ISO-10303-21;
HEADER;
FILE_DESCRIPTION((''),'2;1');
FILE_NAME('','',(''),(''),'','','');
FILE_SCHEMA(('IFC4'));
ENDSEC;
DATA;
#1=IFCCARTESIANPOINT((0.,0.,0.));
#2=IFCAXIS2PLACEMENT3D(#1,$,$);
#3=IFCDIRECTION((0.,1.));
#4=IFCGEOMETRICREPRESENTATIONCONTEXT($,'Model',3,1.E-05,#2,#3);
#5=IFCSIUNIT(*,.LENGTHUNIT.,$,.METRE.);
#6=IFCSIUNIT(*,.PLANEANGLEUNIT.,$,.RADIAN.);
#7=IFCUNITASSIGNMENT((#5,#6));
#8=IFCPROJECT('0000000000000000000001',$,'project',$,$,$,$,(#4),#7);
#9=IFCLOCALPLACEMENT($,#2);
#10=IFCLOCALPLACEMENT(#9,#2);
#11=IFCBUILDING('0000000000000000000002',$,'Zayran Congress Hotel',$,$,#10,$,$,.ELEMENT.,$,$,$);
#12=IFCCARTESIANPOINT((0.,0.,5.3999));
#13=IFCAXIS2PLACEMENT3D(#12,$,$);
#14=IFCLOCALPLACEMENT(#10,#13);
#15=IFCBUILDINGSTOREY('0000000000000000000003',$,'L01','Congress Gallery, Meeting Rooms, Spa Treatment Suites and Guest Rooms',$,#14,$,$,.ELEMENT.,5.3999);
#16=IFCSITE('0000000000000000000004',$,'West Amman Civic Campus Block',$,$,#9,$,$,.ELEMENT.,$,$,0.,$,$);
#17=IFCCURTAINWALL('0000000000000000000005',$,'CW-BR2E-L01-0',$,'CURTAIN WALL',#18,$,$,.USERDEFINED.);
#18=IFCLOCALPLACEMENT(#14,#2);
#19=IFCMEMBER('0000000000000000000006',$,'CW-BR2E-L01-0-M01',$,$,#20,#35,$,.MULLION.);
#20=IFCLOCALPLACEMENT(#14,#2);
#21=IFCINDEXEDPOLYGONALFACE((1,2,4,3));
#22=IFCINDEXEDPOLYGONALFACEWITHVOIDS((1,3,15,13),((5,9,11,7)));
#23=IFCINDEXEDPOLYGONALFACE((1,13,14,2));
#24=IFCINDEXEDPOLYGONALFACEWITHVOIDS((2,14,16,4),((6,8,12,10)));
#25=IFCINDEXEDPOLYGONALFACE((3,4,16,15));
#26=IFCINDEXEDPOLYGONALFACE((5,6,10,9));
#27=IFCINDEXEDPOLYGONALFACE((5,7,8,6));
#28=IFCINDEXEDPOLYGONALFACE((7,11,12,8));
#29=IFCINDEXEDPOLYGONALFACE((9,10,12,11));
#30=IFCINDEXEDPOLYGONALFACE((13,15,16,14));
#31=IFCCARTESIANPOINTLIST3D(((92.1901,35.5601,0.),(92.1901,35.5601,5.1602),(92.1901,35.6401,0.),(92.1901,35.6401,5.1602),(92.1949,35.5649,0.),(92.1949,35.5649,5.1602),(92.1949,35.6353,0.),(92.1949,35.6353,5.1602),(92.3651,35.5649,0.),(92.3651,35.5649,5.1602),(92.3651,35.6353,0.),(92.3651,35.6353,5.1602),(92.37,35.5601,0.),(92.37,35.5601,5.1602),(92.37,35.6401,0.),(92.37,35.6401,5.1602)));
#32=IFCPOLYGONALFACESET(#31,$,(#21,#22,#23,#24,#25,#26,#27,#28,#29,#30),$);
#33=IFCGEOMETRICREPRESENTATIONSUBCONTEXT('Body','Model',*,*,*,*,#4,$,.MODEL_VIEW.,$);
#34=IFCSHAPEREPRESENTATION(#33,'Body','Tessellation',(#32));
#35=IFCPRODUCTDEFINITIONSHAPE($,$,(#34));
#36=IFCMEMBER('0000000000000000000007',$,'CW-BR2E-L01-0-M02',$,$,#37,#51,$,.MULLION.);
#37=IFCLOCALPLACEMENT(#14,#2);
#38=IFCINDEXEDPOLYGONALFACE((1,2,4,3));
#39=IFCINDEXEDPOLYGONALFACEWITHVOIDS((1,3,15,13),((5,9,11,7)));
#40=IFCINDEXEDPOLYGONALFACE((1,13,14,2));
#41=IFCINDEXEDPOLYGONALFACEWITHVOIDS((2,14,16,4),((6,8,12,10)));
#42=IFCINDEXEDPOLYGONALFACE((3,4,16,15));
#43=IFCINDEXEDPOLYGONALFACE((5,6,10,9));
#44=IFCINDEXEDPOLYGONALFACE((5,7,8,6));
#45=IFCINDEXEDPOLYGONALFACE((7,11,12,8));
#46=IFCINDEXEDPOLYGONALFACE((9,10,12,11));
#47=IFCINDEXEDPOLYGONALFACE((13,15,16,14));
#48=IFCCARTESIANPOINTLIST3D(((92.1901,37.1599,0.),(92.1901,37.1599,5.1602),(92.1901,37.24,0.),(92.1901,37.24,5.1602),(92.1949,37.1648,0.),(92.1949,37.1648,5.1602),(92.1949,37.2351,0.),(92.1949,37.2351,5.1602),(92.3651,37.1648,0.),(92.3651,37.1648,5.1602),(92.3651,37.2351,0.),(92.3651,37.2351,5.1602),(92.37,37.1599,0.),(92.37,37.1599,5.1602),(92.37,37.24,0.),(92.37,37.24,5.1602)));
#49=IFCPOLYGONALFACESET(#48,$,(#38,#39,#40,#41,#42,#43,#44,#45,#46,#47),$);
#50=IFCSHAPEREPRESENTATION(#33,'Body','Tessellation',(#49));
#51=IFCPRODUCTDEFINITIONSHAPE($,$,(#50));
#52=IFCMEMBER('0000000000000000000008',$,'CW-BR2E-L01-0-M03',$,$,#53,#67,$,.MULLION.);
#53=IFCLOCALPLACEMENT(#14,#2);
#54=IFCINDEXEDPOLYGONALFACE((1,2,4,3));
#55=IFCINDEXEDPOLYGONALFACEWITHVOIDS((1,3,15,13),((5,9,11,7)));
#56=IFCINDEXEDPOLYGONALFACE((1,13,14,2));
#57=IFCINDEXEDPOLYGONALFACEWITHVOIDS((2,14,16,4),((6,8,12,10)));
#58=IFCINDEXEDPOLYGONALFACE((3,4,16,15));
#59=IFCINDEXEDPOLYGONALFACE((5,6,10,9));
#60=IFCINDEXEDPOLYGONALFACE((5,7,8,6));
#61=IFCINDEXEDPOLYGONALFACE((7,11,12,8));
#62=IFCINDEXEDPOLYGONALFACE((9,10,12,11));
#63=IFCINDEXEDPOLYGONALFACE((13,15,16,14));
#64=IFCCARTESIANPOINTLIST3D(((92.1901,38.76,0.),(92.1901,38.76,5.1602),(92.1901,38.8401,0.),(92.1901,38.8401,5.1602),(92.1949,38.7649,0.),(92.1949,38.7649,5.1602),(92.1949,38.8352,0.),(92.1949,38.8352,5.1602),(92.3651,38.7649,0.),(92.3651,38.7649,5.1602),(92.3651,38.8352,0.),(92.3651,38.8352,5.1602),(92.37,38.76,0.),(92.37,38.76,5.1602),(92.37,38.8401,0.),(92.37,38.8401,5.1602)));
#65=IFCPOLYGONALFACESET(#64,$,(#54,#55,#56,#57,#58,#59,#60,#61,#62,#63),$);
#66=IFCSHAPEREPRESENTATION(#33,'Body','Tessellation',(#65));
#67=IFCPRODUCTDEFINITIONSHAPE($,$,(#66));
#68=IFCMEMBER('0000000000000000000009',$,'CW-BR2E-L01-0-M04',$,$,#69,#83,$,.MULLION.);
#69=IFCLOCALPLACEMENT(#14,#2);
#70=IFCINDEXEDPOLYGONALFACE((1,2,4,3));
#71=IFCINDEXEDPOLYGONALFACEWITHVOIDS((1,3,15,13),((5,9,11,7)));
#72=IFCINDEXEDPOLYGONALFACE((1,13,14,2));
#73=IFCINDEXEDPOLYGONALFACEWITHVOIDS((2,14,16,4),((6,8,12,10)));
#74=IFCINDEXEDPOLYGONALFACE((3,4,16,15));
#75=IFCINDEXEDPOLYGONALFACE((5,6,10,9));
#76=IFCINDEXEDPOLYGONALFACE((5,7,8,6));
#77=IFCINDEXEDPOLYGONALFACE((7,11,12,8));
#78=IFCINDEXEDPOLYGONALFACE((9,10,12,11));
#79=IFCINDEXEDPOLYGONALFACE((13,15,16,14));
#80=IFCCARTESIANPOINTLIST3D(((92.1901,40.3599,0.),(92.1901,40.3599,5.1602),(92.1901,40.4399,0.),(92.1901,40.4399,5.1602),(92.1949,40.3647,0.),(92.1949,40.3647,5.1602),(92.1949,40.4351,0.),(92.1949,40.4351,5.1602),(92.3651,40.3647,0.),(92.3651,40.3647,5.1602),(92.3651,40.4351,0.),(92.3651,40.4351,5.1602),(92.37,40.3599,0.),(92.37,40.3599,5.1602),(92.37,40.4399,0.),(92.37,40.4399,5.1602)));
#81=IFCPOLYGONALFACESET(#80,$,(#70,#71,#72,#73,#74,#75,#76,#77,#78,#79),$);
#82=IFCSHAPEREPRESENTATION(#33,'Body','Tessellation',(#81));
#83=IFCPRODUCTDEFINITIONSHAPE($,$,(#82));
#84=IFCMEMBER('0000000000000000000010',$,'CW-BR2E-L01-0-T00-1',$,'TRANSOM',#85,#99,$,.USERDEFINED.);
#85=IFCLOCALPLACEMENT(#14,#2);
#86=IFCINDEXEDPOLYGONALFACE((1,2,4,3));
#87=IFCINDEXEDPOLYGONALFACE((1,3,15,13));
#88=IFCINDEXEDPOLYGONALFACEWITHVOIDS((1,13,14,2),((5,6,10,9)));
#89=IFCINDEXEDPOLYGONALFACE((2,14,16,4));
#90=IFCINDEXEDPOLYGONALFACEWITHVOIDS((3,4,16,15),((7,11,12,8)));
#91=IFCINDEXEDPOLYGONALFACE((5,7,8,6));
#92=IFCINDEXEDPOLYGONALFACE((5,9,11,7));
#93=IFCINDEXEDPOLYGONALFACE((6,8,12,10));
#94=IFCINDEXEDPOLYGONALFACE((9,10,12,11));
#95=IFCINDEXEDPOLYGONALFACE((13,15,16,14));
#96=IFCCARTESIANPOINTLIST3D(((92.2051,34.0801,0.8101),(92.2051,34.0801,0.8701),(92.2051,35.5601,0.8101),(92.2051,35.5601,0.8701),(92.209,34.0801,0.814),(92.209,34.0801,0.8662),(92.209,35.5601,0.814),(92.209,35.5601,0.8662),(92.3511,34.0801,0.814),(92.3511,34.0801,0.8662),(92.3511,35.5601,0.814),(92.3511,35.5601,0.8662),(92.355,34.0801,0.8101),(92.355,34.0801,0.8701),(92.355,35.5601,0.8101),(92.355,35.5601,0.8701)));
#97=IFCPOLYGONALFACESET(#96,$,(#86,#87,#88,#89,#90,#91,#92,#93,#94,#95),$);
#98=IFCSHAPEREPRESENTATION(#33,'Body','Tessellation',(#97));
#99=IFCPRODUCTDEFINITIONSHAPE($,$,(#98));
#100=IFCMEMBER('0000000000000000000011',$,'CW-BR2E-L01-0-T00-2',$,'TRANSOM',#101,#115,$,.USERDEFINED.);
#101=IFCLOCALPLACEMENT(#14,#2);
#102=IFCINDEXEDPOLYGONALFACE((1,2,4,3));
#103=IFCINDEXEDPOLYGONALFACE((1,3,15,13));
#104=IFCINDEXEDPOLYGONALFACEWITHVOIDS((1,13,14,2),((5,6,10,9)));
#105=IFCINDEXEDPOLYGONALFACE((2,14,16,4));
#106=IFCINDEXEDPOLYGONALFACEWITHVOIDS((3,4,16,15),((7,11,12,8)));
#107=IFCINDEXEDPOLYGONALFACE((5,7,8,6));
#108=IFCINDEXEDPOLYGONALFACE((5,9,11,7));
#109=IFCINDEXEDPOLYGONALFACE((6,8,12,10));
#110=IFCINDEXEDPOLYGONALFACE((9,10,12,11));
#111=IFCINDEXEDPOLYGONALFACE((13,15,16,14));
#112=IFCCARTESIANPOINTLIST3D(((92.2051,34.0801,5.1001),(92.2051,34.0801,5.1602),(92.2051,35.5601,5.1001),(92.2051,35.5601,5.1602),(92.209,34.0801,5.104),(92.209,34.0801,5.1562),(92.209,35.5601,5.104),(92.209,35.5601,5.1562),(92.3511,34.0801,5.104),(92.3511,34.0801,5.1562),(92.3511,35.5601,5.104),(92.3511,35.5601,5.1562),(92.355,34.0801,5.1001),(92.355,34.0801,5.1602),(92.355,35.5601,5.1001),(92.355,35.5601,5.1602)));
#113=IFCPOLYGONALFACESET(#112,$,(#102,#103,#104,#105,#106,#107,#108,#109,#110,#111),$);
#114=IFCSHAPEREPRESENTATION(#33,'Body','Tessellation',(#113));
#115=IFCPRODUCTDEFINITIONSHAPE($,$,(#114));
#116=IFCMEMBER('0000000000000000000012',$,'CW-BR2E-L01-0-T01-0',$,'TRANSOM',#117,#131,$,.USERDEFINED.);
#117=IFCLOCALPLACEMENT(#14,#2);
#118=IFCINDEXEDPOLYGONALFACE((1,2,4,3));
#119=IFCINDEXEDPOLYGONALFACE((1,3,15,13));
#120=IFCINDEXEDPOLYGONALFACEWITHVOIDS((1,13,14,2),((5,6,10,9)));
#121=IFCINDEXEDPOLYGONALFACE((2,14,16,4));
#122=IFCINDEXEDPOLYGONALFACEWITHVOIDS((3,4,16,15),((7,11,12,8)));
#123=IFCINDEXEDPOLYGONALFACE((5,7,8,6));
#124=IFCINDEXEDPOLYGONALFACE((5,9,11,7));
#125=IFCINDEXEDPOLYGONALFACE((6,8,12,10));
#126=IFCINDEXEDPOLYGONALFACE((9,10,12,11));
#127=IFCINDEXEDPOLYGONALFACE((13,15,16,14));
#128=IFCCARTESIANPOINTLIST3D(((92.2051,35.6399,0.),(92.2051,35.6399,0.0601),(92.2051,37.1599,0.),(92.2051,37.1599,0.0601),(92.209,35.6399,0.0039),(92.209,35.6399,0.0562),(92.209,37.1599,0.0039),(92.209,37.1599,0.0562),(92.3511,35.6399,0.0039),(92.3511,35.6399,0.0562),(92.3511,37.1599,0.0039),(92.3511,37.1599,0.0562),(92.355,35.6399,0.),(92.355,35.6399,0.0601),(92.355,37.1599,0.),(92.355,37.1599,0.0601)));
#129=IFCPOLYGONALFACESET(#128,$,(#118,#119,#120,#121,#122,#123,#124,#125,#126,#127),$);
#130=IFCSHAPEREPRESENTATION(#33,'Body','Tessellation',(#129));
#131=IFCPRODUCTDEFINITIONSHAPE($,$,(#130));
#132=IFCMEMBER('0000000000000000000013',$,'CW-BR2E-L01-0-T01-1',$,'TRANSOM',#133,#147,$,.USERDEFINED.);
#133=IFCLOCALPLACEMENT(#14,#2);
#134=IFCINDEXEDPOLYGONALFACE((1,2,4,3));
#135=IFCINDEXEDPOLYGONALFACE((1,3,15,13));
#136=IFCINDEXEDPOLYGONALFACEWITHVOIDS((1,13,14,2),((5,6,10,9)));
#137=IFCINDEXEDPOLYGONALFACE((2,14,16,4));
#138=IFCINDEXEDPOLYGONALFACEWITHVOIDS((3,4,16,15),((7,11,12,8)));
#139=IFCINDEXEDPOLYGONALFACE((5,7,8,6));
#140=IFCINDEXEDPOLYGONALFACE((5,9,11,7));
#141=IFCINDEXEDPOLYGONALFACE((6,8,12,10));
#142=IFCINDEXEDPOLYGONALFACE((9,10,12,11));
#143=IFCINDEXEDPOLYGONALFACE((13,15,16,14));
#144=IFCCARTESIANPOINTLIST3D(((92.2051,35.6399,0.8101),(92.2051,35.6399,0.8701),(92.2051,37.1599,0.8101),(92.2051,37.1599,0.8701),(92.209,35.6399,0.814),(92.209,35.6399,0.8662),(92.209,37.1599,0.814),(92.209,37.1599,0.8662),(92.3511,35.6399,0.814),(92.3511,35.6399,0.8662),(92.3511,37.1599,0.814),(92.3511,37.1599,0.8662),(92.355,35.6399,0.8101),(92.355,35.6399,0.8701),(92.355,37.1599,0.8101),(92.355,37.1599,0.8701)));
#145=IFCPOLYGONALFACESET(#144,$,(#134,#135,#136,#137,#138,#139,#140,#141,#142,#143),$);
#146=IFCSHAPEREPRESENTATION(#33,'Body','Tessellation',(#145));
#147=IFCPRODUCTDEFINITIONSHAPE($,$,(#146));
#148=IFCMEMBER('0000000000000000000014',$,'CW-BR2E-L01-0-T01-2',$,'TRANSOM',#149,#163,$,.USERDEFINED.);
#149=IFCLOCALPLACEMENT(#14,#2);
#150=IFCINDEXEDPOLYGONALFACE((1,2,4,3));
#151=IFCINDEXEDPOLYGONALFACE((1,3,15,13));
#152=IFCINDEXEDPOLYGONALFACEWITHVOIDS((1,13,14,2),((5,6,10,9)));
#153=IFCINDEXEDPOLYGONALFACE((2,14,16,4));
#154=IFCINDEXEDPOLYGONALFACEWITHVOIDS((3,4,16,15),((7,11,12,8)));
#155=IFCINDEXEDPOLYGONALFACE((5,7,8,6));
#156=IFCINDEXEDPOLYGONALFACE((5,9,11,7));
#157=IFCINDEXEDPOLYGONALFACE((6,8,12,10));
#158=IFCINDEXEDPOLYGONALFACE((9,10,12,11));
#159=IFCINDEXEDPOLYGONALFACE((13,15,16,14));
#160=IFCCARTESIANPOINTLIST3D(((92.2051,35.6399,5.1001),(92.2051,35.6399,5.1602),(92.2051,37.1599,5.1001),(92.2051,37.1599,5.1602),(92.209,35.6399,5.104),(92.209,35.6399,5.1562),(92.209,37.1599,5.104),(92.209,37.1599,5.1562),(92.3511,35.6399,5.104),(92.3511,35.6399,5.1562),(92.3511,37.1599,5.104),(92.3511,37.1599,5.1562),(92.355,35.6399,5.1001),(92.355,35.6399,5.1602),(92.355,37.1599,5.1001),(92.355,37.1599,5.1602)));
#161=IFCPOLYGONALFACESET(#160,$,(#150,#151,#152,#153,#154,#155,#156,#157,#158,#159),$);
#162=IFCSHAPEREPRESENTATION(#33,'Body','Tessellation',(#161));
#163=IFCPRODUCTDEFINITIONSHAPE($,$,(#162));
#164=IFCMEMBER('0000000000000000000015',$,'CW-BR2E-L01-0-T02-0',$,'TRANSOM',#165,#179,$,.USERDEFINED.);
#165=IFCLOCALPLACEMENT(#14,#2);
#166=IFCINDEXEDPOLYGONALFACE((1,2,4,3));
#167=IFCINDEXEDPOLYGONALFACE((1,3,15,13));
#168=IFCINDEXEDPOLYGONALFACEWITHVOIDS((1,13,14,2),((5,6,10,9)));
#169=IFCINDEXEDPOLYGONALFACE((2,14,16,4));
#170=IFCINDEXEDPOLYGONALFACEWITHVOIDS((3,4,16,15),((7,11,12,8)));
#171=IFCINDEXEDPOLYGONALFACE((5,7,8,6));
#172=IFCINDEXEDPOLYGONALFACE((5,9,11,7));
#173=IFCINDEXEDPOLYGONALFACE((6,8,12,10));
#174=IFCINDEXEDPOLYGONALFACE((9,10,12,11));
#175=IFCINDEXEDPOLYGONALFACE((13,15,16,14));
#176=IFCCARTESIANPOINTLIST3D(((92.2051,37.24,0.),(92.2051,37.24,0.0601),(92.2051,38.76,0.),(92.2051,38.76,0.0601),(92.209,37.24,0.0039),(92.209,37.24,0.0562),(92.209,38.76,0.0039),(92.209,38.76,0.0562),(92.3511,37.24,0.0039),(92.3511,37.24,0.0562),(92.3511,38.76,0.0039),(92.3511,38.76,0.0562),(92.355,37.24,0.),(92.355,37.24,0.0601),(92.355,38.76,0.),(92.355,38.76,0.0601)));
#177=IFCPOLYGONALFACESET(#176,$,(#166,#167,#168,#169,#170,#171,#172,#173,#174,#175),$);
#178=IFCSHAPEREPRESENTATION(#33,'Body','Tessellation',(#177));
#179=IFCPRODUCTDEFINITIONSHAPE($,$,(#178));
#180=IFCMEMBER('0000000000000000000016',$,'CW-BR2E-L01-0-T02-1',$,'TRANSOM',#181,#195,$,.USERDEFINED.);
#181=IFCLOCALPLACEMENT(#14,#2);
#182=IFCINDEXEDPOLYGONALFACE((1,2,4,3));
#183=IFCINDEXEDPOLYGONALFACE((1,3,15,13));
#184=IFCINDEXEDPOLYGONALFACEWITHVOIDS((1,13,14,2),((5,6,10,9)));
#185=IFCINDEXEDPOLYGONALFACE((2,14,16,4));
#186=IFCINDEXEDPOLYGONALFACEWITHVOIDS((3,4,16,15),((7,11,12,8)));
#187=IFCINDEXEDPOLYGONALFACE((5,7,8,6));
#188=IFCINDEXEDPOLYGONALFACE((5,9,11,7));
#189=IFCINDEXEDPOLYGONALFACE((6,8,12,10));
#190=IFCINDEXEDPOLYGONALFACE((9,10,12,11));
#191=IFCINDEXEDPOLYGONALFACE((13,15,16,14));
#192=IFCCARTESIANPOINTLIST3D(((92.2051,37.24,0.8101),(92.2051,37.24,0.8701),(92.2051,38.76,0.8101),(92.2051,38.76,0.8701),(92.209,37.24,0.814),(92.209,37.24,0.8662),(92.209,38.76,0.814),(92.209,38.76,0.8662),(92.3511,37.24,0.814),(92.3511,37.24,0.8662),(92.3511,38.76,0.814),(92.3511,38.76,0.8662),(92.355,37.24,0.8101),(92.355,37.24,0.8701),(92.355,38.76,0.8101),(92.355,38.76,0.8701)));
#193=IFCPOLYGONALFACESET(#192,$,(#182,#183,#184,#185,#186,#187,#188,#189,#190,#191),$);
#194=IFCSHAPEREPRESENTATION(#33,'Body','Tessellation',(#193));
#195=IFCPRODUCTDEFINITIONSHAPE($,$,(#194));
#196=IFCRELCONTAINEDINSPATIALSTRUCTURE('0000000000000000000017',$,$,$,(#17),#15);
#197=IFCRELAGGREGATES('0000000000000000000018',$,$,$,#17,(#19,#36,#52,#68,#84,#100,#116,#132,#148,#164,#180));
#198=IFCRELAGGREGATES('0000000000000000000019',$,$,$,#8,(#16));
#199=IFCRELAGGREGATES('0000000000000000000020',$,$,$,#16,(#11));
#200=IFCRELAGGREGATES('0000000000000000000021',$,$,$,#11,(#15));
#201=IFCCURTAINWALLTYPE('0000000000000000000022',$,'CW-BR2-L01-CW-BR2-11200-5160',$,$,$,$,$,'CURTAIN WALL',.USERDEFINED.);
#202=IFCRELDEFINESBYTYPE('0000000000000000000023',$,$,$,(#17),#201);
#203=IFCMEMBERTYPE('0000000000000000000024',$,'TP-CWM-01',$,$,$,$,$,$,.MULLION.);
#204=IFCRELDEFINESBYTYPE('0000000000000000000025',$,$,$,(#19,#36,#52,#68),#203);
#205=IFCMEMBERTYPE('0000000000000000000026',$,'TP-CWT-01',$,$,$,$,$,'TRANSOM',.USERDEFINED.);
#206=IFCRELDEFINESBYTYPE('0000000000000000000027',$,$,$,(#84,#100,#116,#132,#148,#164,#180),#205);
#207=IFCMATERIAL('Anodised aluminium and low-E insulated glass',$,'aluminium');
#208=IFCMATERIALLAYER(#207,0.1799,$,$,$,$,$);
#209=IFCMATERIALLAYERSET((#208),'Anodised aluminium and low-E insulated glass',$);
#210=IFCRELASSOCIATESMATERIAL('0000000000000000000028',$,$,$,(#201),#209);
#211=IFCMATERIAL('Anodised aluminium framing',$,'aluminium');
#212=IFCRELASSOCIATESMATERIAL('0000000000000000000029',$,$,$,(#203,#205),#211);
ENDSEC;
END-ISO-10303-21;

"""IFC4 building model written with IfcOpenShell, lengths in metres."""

from ifc_helpers import new_model, si_unit, direction, frame, origin, origin_2d, place, context, subcontext, project, spatial, hollow_rectangle, extrude, material, layer, layer_set, material_profile, profile_set, type_object, element, aggregate, save


model = new_model("IFC4")

# Units and contexts
model_context = context("Model", 3, precision=1e-05, world=origin(), true_north=direction((0.0, 1.0)))
body_context = subcontext(model_context, "Body", "Model", "MODEL_VIEW")
ifc_project = project(units=[si_unit("LENGTHUNIT", "METRE"), si_unit("PLANEANGLEUNIT", "RADIAN")], contexts=[model_context])

# Site, building, storey
site_placement = place(None, origin())
site = spatial("IfcSite", under=ifc_project, at=site_placement, Name="West Amman Civic Campus Block", CompositionType="ELEMENT", RefElevation=0.0)
building_placement = place(site_placement, origin())
building = spatial("IfcBuilding", under=site, at=building_placement, Name="Zayran Congress Hotel", CompositionType="ELEMENT")
storey_placement = place(building_placement, frame((0.0, 0.0, 5.3999)))
storey = spatial("IfcBuildingStorey", under=building, at=storey_placement, Name="L01", Description="Congress Gallery, Meeting Rooms, Spa Treatment Suites and Guest Rooms", CompositionType="ELEMENT", Elevation=5.3999)

# Curtain wall, members
ifc_material_1 = material(Name="Anodised aluminium and low-E insulated glass", Category="aluminium")
ifc_layer_1 = layer(ifc_material_1, 0.1799)
ifc_layer_set_1 = layer_set([ifc_layer_1], Name="Anodised aluminium and low-E insulated glass")
curtain_wall_type = type_object("IfcCurtainWallType", Name="CW-BR2-L01-CW-BR2-11200-5160", ElementType="CURTAIN WALL", PredefinedType="USERDEFINED", material=ifc_layer_set_1)
curtain_wall_placement = place(storey_placement, origin())
curtain_wall = element("IfcCurtainWall", 1, at=curtain_wall_placement, inside=storey, type_object=curtain_wall_type, Name="CW-BR2E-L01-0", ObjectType="CURTAIN WALL", PredefinedType="USERDEFINED")
ifc_material_2 = material(Name="Anodised aluminium framing", Category="aluminium")
ifc_material_profile_1 = material_profile(ifc_material_2, hollow_rectangle(XDim=0.0801, YDim=0.1799, WallThickness=0.0049, at=origin_2d()), Name="RHS 180x80x5")
ifc_profile_set_1 = profile_set([ifc_material_profile_1], Name="Anodised aluminium framing")
member_type_1 = type_object("IfcMemberType", Name="TP-CWM-01", PredefinedType="MULLION", material=ifc_profile_set_1)
member_1_placement = place(storey_placement, frame((92.28, 35.6001, 0.0), z_axis=(0.0, 0.0, 1.0), x_axis=(0.0, 1.0, 0.0)))
member_1 = element("IfcMember", 2, at=member_1_placement, type_object=member_type_1, Name="CW-BR2E-L01-0-M01", PredefinedType="MULLION", context=body_context, shape_type="SweptSolid", body=[
    extrude(hollow_rectangle(XDim=0.0801, YDim=0.1799, WallThickness=0.0049, at=origin_2d()), origin(), (0.0, 0.0, 1.0), 5.1602),
])
member_2_placement = place(storey_placement, frame((92.28, 37.2, 0.0), z_axis=(0.0, 0.0, 1.0), x_axis=(0.0, 1.0, 0.0)))
member_2 = element("IfcMember", 3, at=member_2_placement, type_object=member_type_1, Name="CW-BR2E-L01-0-M02", PredefinedType="MULLION", context=body_context, shape_type="SweptSolid", body=[
    extrude(hollow_rectangle(XDim=0.0801, YDim=0.1799, WallThickness=0.0049, at=origin_2d()), origin(), (0.0, 0.0, 1.0), 5.1602),
])
member_3_placement = place(storey_placement, frame((92.28, 38.8, 0.0), z_axis=(0.0, 0.0, 1.0), x_axis=(0.0, 1.0, 0.0)))
member_3 = element("IfcMember", 4, at=member_3_placement, type_object=member_type_1, Name="CW-BR2E-L01-0-M03", PredefinedType="MULLION", context=body_context, shape_type="SweptSolid", body=[
    extrude(hollow_rectangle(XDim=0.0801, YDim=0.1799, WallThickness=0.0049, at=origin_2d()), origin(), (0.0, 0.0, 1.0), 5.1602),
])
member_4_placement = place(storey_placement, frame((92.28, 40.3999, 0.0), z_axis=(0.0, 0.0, 1.0), x_axis=(0.0, 1.0, 0.0)))
member_4 = element("IfcMember", 5, at=member_4_placement, type_object=member_type_1, Name="CW-BR2E-L01-0-M04", PredefinedType="MULLION", context=body_context, shape_type="SweptSolid", body=[
    extrude(hollow_rectangle(XDim=0.0801, YDim=0.1799, WallThickness=0.0049, at=origin_2d()), origin(), (0.0, 0.0, 1.0), 5.1602),
])
ifc_material_profile_2 = material_profile(ifc_material_2, hollow_rectangle(XDim=0.0601, YDim=0.1499, WallThickness=0.0039, at=origin_2d()), Name="RHS 150x60x4")
ifc_profile_set_2 = profile_set([ifc_material_profile_2], Name="Anodised aluminium framing")
member_type_2 = type_object("IfcMemberType", Name="TP-CWT-01", ElementType="TRANSOM", PredefinedType="USERDEFINED", material=ifc_profile_set_2)
member_5_placement = place(storey_placement, frame((92.28, 34.0801, 0.8401), z_axis=(0.0, 1.0, 0.0), x_axis=(0.0, 0.0, 1.0)))
member_5 = element("IfcMember", 6, at=member_5_placement, type_object=member_type_2, Name="CW-BR2E-L01-0-T00-1", ObjectType="TRANSOM", PredefinedType="USERDEFINED", context=body_context, shape_type="SweptSolid", body=[
    extrude(hollow_rectangle(XDim=0.0601, YDim=0.1499, WallThickness=0.0039, at=origin_2d()), origin(), (0.0, 0.0, 1.0), 1.48),
])
member_6_placement = place(storey_placement, frame((92.28, 34.0801, 5.1301), z_axis=(0.0, 1.0, 0.0), x_axis=(0.0, 0.0, 1.0)))
member_6 = element("IfcMember", 7, at=member_6_placement, type_object=member_type_2, Name="CW-BR2E-L01-0-T00-2", ObjectType="TRANSOM", PredefinedType="USERDEFINED", context=body_context, shape_type="SweptSolid", body=[
    extrude(hollow_rectangle(XDim=0.0601, YDim=0.1499, WallThickness=0.0039, at=origin_2d()), origin(), (0.0, 0.0, 1.0), 1.48),
])
member_7_placement = place(storey_placement, frame((92.28, 35.6399, 0.03), z_axis=(0.0, 1.0, 0.0), x_axis=(0.0, 0.0, 1.0)))
member_7 = element("IfcMember", 8, at=member_7_placement, type_object=member_type_2, Name="CW-BR2E-L01-0-T01-0", ObjectType="TRANSOM", PredefinedType="USERDEFINED", context=body_context, shape_type="SweptSolid", body=[
    extrude(hollow_rectangle(XDim=0.0601, YDim=0.1499, WallThickness=0.0039, at=origin_2d()), origin(), (0.0, 0.0, 1.0), 1.52),
])
member_8_placement = place(storey_placement, frame((92.28, 35.6399, 0.8401), z_axis=(0.0, 1.0, 0.0), x_axis=(0.0, 0.0, 1.0)))
member_8 = element("IfcMember", 9, at=member_8_placement, type_object=member_type_2, Name="CW-BR2E-L01-0-T01-1", ObjectType="TRANSOM", PredefinedType="USERDEFINED", context=body_context, shape_type="SweptSolid", body=[
    extrude(hollow_rectangle(XDim=0.0601, YDim=0.1499, WallThickness=0.0039, at=origin_2d()), origin(), (0.0, 0.0, 1.0), 1.52),
])
member_9_placement = place(storey_placement, frame((92.28, 35.6399, 5.1301), z_axis=(0.0, 1.0, 0.0), x_axis=(0.0, 0.0, 1.0)))
member_9 = element("IfcMember", 10, at=member_9_placement, type_object=member_type_2, Name="CW-BR2E-L01-0-T01-2", ObjectType="TRANSOM", PredefinedType="USERDEFINED", context=body_context, shape_type="SweptSolid", body=[
    extrude(hollow_rectangle(XDim=0.0601, YDim=0.1499, WallThickness=0.0039, at=origin_2d()), origin(), (0.0, 0.0, 1.0), 1.52),
])
member_10_placement = place(storey_placement, frame((92.28, 37.24, 0.03), z_axis=(0.0, 1.0, 0.0), x_axis=(0.0, 0.0, 1.0)))
member_10 = element("IfcMember", 11, at=member_10_placement, type_object=member_type_2, Name="CW-BR2E-L01-0-T02-0", ObjectType="TRANSOM", PredefinedType="USERDEFINED", context=body_context, shape_type="SweptSolid", body=[
    extrude(hollow_rectangle(XDim=0.0601, YDim=0.1499, WallThickness=0.0039, at=origin_2d()), origin(), (0.0, 0.0, 1.0), 1.52),
])
member_11_placement = place(storey_placement, frame((92.28, 37.24, 0.8401), z_axis=(0.0, 1.0, 0.0), x_axis=(0.0, 0.0, 1.0)))
member_11 = element("IfcMember", 12, at=member_11_placement, type_object=member_type_2, Name="CW-BR2E-L01-0-T02-1", ObjectType="TRANSOM", PredefinedType="USERDEFINED", context=body_context, shape_type="SweptSolid", body=[
    extrude(hollow_rectangle(XDim=0.0601, YDim=0.1499, WallThickness=0.0039, at=origin_2d()), origin(), (0.0, 0.0, 1.0), 1.52),
])
aggregate(curtain_wall, [member_1, member_2, member_3, member_4, member_5, member_6, member_7, member_8, member_9, member_10, member_11])

save(model, "model.ifc")
